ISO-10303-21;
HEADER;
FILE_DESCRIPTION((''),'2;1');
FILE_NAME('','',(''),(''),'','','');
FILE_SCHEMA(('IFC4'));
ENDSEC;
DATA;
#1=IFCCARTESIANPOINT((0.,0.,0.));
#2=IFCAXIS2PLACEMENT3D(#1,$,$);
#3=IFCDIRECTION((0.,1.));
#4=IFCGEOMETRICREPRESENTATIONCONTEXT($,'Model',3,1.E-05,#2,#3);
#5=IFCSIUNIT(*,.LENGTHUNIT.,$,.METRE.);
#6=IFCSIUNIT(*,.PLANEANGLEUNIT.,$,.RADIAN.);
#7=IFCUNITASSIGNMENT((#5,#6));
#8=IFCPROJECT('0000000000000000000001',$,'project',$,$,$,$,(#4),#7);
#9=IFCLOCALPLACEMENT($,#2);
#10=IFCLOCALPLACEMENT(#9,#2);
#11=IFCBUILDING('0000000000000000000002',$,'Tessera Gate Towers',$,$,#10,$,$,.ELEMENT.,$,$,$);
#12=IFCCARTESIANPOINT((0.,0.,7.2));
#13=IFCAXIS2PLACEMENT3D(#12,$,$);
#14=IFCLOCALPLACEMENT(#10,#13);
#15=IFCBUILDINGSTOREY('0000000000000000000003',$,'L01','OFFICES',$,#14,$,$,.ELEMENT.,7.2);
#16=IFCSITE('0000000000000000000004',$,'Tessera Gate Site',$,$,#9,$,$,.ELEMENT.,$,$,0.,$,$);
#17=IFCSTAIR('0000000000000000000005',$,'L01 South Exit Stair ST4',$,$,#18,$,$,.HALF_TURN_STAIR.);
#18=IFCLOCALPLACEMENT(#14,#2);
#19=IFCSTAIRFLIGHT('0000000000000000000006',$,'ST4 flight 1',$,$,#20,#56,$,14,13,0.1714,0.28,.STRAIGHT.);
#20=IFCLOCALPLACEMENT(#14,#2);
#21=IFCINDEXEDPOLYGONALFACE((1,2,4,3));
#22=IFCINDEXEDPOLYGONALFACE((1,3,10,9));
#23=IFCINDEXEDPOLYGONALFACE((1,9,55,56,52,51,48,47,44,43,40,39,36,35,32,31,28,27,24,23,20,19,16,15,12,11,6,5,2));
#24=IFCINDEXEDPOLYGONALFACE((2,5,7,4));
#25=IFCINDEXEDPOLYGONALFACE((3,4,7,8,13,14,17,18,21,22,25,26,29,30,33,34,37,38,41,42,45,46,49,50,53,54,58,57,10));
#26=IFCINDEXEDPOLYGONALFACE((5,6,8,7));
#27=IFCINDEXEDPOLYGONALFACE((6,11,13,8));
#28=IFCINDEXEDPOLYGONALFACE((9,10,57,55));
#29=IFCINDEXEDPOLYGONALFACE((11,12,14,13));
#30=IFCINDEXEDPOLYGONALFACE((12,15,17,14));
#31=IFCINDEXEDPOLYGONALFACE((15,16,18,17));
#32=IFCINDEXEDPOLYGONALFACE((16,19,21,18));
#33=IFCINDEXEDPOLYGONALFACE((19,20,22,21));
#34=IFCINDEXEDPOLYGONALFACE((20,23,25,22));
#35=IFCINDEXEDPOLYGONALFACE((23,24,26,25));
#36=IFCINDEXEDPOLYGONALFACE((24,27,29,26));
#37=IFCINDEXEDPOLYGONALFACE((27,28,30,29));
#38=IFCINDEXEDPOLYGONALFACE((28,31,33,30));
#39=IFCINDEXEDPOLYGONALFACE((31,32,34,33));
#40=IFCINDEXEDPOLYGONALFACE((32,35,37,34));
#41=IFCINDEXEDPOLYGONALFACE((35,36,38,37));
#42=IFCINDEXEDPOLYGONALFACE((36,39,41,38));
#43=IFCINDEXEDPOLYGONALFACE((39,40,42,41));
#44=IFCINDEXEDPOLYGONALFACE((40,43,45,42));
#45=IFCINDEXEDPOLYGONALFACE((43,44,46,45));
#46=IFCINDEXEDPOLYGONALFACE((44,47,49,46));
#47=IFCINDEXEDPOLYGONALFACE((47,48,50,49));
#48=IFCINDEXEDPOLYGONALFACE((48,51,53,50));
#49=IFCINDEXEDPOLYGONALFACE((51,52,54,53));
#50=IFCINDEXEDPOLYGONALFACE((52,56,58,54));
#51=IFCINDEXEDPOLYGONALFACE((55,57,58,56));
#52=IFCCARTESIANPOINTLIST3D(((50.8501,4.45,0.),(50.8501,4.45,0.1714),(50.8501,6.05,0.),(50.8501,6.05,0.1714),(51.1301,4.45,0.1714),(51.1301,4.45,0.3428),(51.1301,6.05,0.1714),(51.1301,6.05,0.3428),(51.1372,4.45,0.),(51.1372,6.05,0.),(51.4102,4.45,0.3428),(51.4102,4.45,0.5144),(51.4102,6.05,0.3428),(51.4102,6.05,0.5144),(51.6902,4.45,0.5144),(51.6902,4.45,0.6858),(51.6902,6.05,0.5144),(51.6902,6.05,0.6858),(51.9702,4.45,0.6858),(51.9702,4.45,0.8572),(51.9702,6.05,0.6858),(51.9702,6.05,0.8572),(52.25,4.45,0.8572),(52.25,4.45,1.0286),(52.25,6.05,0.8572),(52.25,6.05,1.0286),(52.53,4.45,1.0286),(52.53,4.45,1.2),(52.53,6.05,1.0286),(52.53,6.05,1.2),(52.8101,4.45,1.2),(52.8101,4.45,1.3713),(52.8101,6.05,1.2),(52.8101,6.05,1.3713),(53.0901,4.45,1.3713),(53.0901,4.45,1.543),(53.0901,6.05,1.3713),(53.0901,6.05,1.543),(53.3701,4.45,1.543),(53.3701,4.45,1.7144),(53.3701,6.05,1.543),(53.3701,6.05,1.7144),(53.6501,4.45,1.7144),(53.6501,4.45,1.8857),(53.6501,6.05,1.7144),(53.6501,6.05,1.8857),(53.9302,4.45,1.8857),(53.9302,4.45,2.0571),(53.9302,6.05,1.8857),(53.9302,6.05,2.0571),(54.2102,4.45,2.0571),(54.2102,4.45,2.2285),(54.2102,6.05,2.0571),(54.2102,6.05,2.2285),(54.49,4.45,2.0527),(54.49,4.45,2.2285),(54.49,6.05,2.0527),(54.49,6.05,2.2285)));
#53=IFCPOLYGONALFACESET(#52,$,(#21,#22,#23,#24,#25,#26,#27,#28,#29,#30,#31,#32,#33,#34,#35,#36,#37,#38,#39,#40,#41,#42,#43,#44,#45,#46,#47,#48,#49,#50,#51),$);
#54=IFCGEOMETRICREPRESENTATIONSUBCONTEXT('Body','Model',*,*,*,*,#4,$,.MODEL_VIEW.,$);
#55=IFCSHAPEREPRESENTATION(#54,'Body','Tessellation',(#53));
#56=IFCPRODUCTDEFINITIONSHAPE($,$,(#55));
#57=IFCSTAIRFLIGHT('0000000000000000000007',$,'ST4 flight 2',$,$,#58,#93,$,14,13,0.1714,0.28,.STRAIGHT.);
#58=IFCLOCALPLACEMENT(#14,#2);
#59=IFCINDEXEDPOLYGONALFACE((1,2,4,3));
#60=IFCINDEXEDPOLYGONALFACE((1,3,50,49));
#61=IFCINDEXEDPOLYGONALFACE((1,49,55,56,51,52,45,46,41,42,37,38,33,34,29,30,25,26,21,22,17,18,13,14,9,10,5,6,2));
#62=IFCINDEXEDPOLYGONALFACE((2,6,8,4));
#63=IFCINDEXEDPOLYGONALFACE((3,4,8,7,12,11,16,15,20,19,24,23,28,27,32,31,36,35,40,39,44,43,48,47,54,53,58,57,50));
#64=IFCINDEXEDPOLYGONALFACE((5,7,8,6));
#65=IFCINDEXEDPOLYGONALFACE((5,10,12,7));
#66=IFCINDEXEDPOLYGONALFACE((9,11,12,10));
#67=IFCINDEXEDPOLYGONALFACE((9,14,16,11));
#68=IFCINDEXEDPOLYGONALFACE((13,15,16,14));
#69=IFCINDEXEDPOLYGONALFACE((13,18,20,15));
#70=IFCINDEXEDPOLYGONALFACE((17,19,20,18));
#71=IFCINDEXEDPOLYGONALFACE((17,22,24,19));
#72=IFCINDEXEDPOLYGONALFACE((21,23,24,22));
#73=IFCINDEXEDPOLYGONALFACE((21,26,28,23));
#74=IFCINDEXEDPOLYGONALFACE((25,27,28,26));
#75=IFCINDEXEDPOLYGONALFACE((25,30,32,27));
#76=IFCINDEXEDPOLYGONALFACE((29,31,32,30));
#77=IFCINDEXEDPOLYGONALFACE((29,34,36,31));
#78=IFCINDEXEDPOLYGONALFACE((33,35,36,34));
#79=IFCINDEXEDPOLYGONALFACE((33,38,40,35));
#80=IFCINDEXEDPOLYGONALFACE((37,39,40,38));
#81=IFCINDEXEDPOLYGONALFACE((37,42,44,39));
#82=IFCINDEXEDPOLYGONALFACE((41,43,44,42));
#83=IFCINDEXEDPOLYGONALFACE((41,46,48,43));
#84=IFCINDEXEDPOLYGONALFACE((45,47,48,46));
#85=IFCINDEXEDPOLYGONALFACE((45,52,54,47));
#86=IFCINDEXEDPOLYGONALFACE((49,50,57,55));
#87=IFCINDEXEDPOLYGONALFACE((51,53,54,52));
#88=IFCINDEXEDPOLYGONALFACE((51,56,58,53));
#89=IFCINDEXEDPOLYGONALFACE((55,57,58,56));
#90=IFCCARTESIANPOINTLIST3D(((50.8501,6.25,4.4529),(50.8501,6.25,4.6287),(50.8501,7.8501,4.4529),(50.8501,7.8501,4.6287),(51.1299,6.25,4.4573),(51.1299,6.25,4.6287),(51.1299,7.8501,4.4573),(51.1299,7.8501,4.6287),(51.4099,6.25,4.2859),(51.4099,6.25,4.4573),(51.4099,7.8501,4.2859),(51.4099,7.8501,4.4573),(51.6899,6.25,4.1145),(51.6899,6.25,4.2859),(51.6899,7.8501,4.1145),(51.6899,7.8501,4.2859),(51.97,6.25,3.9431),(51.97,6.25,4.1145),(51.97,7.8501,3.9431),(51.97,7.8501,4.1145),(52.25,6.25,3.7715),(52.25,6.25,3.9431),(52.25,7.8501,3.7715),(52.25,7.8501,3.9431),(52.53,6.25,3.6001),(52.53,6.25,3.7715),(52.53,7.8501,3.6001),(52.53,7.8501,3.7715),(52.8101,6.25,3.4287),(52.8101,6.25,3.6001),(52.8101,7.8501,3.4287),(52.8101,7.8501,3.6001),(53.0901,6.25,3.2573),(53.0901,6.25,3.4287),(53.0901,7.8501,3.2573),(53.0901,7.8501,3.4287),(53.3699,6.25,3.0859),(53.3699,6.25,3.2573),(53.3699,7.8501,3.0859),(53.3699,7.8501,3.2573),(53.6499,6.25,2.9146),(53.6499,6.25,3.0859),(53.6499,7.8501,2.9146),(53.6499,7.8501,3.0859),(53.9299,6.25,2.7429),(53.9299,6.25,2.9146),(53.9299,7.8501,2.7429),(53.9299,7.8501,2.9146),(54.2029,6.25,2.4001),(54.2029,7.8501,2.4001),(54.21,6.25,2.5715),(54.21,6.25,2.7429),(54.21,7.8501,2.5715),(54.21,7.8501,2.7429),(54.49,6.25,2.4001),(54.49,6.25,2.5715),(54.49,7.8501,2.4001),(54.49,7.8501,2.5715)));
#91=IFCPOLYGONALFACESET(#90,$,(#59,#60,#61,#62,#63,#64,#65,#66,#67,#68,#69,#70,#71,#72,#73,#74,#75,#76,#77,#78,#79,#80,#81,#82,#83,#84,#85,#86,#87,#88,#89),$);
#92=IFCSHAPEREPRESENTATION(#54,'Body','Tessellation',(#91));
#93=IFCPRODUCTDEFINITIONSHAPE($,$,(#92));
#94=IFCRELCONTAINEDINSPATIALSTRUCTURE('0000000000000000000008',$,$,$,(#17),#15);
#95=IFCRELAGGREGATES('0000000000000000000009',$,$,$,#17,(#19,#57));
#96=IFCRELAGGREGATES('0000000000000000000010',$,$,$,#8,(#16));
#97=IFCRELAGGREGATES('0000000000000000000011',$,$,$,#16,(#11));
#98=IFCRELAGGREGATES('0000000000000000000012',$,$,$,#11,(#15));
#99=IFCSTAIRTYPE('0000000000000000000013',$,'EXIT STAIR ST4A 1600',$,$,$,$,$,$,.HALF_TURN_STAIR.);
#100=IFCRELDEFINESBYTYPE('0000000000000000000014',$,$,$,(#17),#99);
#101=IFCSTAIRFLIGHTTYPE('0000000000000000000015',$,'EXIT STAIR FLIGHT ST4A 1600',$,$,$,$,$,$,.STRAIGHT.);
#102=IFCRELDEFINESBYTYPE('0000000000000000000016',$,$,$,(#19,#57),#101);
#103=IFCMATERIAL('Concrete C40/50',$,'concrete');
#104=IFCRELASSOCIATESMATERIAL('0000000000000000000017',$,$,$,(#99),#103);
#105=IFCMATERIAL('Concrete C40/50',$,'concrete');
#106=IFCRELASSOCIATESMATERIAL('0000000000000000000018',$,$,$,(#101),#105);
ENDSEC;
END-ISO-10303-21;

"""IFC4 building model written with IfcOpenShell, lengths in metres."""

from ifc_helpers import new_model, si_unit, direction, frame, origin, place, context, subcontext, project, spatial, polyline, outline, extrude, material, type_object, element, aggregate, save


model = new_model("IFC4")

# Units and contexts
model_context = context("Model", 3, precision=1e-05, world=origin(), true_north=direction((0.0, 1.0)))
body_context = subcontext(model_context, "Body", "Model", "MODEL_VIEW")
ifc_project = project(units=[si_unit("LENGTHUNIT", "METRE"), si_unit("PLANEANGLEUNIT", "RADIAN")], contexts=[model_context])

# Site, building, storey
site_placement = place(None, origin())
site = spatial("IfcSite", under=ifc_project, at=site_placement, Name="Tessera Gate Site", CompositionType="ELEMENT", RefElevation=0.0)
building_placement = place(site_placement, origin())
building = spatial("IfcBuilding", under=site, at=building_placement, Name="Tessera Gate Towers", CompositionType="ELEMENT")
storey_placement = place(building_placement, frame((0.0, 0.0, 7.2)))
storey = spatial("IfcBuildingStorey", under=building, at=storey_placement, Name="L01", Description="OFFICES", CompositionType="ELEMENT", Elevation=7.2)

# Stair, stair flights
ifc_material_1 = material(Name="Concrete C40/50", Category="concrete")
stair_type = type_object("IfcStairType", Name="EXIT STAIR ST4A 1600", PredefinedType="HALF_TURN_STAIR", material=ifc_material_1)
stair_placement = place(storey_placement, origin())
stair = element("IfcStair", 1, at=stair_placement, inside=storey, type_object=stair_type, Name="L01 South Exit Stair ST4", PredefinedType="HALF_TURN_STAIR")
ifc_material_2 = material(Name="Concrete C40/50", Category="concrete")
stair_flight_type = type_object("IfcStairFlightType", Name="EXIT STAIR FLIGHT ST4A 1600", PredefinedType="STRAIGHT", material=ifc_material_2)
stair_flight_1_placement = place(storey_placement, frame((50.8501, 5.25, 0.0), z_axis=(0.0, 0.0, 1.0), x_axis=(1.0, 0.0, 0.0)))
stair_flight_1 = element("IfcStairFlight", 2, at=stair_flight_1_placement, type_object=stair_flight_type, Name="ST4 flight 1", NumberOfRisers=14, NumberOfTreads=13, PredefinedType="STRAIGHT", RiserHeight=0.1714, TreadLength=0.28, context=body_context, shape_type="SweptSolid", body=[
    extrude(outline(polyline([(0.0, 0.0), (0.0, 0.1714), (0.28, 0.1714), (0.28, 0.3428), (0.5601, 0.3428), (0.5601, 0.5144), (0.8401, 0.5144), (0.8401, 0.6858), (1.1201, 0.6858), (1.1201, 0.8572), (1.3999, 0.8572), (1.3999, 1.0286), (1.6799, 1.0286), (1.6799, 1.2), (1.96, 1.2), (1.96, 1.3713), (2.24, 1.3713), (2.24, 1.543), (2.52, 1.543), (2.52, 1.7144), (2.8, 1.7144), (2.8, 1.8857), (3.0801, 1.8857), (3.0801, 2.0571), (3.3601, 2.0571), (3.3601, 2.2285), (3.6399, 2.2285), (3.6399, 2.3999), (3.6399, 2.0527), (0.2871, 0.0), (0.0, 0.0)])), frame((0.0, 0.8, 0.0), z_axis=(0.0, -1.0, 0.0), x_axis=(1.0, 0.0, 0.0)), (0.0, 0.0, 1.0), 1.6001),
])
stair_flight_2_placement = place(storey_placement, frame((54.49, 7.05, 2.4001), z_axis=(0.0, 0.0, 1.0), x_axis=(-1.0, 0.0, 0.0)))
stair_flight_2 = element("IfcStairFlight", 3, at=stair_flight_2_placement, type_object=stair_flight_type, Name="ST4 flight 2", NumberOfRisers=14, NumberOfTreads=13, PredefinedType="STRAIGHT", RiserHeight=0.1714, TreadLength=0.28, context=body_context, shape_type="SweptSolid", body=[
    extrude(outline(polyline([(0.0, 0.0), (0.0, 0.1714), (0.28, 0.1714), (0.28, 0.3428), (0.5601, 0.3428), (0.5601, 0.5144), (0.8401, 0.5144), (0.8401, 0.6858), (1.1201, 0.6858), (1.1201, 0.8572), (1.3999, 0.8572), (1.3999, 1.0286), (1.6799, 1.0286), (1.6799, 1.2), (1.96, 1.2), (1.96, 1.3713), (2.24, 1.3713), (2.24, 1.543), (2.52, 1.543), (2.52, 1.7144), (2.8, 1.7144), (2.8, 1.8857), (3.0801, 1.8857), (3.0801, 2.0571), (3.3601, 2.0571), (3.3601, 2.2285), (3.6399, 2.2285), (3.6399, 2.3999), (3.6399, 2.0527), (0.2871, 0.0), (0.0, 0.0)])), frame((0.0, 0.8, 0.0), z_axis=(0.0, -1.0, 0.0), x_axis=(1.0, 0.0, 0.0)), (0.0, 0.0, 1.0), 1.6001),
])
aggregate(stair, [stair_flight_1, stair_flight_2])

save(model, "model.ifc")
